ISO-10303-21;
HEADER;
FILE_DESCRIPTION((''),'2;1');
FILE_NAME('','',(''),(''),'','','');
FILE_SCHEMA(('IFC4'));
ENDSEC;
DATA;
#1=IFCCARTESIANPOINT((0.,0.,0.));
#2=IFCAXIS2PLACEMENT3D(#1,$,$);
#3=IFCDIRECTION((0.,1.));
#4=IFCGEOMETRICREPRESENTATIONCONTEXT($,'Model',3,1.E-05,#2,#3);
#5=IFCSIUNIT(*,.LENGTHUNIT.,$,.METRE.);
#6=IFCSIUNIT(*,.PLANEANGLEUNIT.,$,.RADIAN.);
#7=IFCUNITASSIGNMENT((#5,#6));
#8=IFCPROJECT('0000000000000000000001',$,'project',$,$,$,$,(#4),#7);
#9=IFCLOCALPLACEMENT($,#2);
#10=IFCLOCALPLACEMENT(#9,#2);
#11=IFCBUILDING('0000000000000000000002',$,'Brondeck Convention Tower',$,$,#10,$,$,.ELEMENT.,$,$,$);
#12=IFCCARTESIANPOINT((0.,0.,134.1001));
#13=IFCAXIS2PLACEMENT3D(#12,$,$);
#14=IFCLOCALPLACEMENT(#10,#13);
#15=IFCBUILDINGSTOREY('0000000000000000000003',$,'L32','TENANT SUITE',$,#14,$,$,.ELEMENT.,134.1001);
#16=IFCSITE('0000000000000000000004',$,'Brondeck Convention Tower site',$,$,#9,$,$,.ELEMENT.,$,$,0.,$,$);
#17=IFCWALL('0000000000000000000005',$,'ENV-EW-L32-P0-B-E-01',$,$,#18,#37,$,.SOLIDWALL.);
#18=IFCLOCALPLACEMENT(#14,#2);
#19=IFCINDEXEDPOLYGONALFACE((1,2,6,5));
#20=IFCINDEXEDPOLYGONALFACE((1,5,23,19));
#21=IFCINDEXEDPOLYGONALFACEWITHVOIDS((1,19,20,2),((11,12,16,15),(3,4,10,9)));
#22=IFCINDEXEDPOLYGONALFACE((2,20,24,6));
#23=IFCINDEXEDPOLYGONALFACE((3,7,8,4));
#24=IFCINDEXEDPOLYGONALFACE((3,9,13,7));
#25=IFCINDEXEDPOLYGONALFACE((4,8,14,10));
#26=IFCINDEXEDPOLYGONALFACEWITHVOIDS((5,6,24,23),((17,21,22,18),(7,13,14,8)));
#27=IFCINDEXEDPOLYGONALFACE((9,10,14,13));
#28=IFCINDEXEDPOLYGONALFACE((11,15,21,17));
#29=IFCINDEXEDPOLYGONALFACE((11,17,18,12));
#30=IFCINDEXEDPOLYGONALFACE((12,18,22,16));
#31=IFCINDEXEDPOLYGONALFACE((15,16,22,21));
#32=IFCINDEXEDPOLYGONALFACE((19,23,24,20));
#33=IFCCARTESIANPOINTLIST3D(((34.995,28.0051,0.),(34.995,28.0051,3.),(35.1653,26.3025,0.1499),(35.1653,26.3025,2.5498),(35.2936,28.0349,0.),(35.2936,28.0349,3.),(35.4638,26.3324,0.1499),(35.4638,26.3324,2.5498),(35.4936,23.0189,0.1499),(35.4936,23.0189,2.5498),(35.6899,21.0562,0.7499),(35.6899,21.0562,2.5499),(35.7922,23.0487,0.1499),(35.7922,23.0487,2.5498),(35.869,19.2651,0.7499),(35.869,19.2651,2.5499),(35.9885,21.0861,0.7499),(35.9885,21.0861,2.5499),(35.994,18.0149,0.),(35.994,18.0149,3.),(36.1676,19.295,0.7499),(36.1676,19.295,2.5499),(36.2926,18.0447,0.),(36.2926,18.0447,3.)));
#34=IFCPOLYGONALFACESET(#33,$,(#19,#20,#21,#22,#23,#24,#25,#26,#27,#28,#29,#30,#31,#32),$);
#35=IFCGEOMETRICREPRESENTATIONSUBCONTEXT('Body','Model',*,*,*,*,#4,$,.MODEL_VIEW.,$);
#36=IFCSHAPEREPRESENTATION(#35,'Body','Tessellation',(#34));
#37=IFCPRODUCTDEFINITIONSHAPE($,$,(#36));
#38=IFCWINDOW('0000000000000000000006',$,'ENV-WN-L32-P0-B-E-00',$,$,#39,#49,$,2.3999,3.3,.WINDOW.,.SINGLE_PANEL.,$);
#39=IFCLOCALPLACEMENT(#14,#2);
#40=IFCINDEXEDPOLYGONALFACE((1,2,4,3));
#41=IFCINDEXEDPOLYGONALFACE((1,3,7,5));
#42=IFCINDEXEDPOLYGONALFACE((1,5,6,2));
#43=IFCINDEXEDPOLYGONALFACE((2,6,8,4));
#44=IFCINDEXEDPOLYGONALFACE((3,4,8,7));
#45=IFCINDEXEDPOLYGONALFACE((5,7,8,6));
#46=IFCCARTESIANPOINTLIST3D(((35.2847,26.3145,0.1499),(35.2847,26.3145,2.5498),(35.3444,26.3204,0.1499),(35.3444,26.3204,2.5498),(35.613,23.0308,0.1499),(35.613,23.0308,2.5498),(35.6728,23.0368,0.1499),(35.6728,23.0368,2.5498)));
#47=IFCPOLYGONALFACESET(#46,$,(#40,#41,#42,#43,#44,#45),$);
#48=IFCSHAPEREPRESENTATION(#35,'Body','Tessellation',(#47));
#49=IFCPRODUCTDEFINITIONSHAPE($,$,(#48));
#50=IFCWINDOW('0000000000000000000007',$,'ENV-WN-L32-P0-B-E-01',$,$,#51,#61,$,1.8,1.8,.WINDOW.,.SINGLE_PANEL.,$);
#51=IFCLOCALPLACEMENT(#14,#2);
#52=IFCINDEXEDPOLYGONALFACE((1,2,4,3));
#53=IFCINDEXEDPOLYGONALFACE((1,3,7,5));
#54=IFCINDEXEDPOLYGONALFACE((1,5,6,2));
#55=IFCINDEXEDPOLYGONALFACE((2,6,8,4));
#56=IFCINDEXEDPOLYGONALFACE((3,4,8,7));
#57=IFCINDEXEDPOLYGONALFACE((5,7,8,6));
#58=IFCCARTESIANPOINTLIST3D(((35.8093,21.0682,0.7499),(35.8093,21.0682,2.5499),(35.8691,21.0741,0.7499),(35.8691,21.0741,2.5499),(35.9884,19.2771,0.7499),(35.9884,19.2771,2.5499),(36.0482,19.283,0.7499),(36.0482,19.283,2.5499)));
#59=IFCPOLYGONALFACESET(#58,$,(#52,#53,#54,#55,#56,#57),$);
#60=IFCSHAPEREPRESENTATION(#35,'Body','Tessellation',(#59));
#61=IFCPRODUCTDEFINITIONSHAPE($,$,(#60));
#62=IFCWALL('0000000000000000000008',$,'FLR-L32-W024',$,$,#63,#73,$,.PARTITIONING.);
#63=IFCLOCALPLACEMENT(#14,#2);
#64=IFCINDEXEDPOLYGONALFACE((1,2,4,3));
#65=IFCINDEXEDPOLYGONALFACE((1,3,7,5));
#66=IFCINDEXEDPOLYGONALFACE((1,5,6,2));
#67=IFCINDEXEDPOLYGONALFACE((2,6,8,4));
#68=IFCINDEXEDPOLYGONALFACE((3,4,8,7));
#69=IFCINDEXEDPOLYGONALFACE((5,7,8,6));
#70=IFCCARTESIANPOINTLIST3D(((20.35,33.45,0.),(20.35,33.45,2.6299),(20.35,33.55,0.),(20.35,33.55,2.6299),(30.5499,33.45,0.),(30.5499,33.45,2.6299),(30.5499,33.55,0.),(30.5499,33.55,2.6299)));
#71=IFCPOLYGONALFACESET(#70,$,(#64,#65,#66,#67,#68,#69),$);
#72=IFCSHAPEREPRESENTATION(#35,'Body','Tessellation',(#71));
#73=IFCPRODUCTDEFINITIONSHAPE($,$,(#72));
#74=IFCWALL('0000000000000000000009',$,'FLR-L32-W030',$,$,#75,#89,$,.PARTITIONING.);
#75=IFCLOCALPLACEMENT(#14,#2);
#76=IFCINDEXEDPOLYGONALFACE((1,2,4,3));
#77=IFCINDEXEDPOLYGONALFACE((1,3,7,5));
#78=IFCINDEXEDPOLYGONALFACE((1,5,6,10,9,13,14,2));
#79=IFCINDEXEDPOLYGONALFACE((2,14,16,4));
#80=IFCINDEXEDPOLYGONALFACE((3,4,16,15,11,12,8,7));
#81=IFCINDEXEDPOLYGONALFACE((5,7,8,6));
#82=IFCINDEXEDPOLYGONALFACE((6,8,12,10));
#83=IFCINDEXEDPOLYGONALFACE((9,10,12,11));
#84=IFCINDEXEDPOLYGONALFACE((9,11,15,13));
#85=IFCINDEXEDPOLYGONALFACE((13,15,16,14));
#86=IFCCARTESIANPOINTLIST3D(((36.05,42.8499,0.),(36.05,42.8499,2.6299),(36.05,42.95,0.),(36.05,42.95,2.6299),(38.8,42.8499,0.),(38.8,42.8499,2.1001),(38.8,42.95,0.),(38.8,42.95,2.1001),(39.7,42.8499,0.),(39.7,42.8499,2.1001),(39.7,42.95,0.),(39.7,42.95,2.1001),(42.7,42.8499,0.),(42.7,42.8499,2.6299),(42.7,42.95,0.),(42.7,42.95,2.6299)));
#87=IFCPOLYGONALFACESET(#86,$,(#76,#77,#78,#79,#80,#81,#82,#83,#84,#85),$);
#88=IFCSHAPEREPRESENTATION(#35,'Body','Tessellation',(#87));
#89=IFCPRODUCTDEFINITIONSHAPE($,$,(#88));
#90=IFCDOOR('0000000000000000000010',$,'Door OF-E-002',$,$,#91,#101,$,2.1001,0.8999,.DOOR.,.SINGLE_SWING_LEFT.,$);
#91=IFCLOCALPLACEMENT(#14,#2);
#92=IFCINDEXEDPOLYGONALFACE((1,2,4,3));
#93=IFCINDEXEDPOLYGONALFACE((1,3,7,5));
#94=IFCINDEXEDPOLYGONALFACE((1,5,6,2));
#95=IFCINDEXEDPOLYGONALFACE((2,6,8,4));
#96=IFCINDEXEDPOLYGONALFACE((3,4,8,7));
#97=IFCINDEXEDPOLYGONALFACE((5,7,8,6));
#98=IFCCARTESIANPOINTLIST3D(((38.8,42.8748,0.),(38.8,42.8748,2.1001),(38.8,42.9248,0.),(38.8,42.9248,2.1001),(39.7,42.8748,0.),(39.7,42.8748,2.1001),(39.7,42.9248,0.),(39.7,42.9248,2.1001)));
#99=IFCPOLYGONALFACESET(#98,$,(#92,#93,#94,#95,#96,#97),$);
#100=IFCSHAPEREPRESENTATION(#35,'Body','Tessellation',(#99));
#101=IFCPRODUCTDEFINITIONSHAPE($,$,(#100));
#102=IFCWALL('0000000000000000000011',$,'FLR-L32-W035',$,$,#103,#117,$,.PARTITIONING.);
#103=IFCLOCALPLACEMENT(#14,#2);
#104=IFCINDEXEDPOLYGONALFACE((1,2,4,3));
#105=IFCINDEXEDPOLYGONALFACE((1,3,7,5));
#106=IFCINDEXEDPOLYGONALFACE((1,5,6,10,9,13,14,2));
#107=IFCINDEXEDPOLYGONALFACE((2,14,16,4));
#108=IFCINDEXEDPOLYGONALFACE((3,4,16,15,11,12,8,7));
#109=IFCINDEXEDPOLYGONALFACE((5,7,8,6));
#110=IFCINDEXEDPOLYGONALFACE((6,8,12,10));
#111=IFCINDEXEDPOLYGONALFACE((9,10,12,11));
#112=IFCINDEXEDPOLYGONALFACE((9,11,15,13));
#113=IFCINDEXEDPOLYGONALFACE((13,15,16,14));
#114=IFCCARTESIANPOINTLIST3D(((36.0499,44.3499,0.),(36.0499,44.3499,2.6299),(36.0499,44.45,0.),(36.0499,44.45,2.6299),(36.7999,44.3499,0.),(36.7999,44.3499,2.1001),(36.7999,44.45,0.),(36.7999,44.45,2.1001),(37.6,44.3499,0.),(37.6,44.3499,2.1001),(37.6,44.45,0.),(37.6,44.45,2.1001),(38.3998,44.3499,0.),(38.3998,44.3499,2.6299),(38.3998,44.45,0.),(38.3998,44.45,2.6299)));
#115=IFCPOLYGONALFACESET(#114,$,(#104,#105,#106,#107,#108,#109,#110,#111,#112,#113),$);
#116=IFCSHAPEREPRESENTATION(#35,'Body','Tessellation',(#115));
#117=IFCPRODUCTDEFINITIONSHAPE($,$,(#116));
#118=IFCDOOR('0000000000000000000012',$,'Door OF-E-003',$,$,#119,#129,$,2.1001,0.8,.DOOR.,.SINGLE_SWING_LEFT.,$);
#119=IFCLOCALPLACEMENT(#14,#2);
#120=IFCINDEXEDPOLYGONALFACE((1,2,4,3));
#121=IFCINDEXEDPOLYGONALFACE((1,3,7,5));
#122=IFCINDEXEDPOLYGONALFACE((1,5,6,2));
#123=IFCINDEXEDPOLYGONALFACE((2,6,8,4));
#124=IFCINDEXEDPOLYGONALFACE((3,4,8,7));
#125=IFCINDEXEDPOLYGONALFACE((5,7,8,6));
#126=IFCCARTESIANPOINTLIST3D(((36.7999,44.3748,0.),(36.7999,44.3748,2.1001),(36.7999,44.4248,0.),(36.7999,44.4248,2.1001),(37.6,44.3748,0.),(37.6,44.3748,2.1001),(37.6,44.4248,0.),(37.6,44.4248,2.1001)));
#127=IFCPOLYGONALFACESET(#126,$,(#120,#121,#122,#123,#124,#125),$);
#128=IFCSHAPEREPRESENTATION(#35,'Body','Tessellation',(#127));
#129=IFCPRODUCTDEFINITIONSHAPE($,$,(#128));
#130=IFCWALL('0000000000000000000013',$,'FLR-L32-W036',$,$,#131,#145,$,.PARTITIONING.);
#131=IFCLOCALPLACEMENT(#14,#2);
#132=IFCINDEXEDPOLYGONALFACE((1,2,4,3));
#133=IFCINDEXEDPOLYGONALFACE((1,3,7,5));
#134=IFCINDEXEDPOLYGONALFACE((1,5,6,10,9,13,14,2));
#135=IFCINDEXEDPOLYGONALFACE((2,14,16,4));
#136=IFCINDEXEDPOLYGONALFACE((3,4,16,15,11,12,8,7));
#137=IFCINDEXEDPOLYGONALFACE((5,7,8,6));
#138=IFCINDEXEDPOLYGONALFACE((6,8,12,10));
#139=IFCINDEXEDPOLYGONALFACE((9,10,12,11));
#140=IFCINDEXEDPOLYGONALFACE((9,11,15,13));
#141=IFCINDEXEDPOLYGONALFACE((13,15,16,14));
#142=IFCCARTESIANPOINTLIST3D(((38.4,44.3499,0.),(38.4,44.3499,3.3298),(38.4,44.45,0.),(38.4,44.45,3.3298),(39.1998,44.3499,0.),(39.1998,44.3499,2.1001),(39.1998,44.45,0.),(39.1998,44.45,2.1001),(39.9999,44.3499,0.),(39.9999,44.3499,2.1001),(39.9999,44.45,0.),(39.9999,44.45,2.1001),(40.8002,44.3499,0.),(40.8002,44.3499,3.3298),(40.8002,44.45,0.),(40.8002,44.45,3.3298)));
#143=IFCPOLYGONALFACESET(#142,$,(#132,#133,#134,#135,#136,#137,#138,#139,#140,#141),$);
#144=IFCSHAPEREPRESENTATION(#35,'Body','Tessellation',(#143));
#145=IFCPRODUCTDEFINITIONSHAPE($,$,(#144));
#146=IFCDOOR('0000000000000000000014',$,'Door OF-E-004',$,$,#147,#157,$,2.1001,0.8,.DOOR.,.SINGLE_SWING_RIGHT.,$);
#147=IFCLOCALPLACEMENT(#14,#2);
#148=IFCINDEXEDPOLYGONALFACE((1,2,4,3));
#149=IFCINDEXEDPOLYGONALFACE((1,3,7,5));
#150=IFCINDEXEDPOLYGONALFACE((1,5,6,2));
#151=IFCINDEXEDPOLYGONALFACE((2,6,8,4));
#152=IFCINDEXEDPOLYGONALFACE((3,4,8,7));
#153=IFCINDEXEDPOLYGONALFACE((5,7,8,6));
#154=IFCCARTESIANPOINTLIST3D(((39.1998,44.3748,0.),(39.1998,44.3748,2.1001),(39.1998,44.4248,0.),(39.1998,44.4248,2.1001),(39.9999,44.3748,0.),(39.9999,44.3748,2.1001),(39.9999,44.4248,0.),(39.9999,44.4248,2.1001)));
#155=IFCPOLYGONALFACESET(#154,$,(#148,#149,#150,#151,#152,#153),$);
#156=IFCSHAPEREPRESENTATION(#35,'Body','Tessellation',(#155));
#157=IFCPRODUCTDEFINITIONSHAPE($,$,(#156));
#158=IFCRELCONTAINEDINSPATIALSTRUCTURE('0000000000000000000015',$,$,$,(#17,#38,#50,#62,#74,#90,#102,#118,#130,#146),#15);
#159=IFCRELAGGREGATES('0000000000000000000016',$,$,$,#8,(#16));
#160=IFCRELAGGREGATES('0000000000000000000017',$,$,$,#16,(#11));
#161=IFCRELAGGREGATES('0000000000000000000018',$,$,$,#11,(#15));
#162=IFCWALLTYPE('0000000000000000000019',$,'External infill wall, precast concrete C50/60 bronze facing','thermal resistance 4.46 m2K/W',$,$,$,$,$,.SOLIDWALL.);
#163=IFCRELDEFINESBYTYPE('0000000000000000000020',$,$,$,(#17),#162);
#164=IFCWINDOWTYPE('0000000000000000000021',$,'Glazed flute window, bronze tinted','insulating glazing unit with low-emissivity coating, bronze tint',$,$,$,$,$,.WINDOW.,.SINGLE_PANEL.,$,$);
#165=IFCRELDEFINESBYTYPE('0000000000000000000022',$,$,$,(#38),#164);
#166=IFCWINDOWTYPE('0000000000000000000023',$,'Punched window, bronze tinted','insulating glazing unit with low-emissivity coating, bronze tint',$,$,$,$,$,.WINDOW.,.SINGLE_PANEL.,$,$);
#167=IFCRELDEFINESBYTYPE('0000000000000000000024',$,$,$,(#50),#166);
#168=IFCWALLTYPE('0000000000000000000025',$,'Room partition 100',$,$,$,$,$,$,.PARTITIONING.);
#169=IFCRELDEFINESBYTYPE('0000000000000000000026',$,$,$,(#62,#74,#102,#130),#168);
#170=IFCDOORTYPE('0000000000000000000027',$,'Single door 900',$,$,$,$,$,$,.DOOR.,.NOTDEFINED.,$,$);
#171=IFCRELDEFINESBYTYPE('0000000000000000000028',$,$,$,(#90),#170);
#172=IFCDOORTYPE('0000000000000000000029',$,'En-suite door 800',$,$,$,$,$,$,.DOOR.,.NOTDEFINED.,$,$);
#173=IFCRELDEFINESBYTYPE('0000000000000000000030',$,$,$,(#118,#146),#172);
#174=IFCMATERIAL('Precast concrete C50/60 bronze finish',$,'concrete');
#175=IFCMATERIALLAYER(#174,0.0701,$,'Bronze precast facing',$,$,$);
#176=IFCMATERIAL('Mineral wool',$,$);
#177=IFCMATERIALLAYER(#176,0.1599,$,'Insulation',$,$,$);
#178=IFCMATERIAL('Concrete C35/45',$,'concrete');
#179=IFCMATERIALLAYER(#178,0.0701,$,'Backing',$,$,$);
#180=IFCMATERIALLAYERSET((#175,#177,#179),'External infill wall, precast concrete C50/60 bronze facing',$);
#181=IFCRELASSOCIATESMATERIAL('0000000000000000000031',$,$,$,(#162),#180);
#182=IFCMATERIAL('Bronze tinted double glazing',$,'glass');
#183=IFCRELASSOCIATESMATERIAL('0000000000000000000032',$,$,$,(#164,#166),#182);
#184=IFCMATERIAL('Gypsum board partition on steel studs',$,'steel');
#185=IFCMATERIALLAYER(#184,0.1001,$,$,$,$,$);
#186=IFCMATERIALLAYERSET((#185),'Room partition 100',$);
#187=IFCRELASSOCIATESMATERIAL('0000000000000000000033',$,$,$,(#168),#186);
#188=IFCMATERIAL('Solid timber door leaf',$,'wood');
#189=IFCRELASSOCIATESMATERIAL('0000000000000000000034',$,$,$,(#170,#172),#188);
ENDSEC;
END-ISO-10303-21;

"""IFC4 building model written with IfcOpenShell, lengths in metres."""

from ifc_helpers import new_model, si_unit, direction, frame, frame_2d, origin, place, context, subcontext, project, spatial, rectangle, extrude, material, layer, layer_set, type_object, element, fill, save


model = new_model("IFC4")

# Units and contexts
model_context = context("Model", 3, precision=1e-05, world=origin(), true_north=direction((0.0, 1.0)))
body_context = subcontext(model_context, "Body", "Model", "MODEL_VIEW")
ifc_project = project(units=[si_unit("LENGTHUNIT", "METRE"), si_unit("PLANEANGLEUNIT", "RADIAN")], contexts=[model_context])

# Site, building, storey
site_placement = place(None, origin())
site = spatial("IfcSite", under=ifc_project, at=site_placement, Name="Brondeck Convention Tower site", CompositionType="ELEMENT", RefElevation=0.0)
building_placement = place(site_placement, origin())
building = spatial("IfcBuilding", under=site, at=building_placement, Name="Brondeck Convention Tower", CompositionType="ELEMENT")
storey_placement = place(building_placement, frame((0.0, 0.0, 134.1001)))
storey = spatial("IfcBuildingStorey", under=building, at=storey_placement, Name="L32", Description="TENANT SUITE", CompositionType="ELEMENT", Elevation=134.1001)

# Wall, openings, windows
ifc_material_1 = material(Name="Precast concrete C50/60 bronze finish", Category="concrete")
ifc_layer_1 = layer(ifc_material_1, 0.0701, Name="Bronze precast facing")
ifc_material_2 = material(Name="Mineral wool")
ifc_layer_2 = layer(ifc_material_2, 0.1599, Name="Insulation")
ifc_material_3 = material(Name="Concrete C35/45", Category="concrete")
ifc_layer_3 = layer(ifc_material_3, 0.0701, Name="Backing")
ifc_layer_set_1 = layer_set([ifc_layer_1, ifc_layer_2, ifc_layer_3], Name="External infill wall, precast concrete C50/60 bronze facing")
wall_type_1 = type_object("IfcWallType", Name="External infill wall, precast concrete C50/60 bronze facing", Description="thermal resistance 4.46 m2K/W", PredefinedType="SOLIDWALL", material=ifc_layer_set_1)
wall_1_placement = place(storey_placement, frame((35.1443, 28.02, 0.0), z_axis=(0.0, 0.0, 1.0), x_axis=(0.099504, -0.995037, 0.0)))
wall_1 = element("IfcWall", 1, at=wall_1_placement, inside=storey, type_object=wall_type_1, Name="ENV-EW-L32-P0-B-E-01", PredefinedType="SOLIDWALL", context=body_context, shape_type="SweptSolid", body=[
    extrude(rectangle(XDim=10.04, YDim=0.3, at=frame_2d((5.02, 0.0))), origin(), (0.0, 0.0, 1.0), 3.0),
])
opening_1_placement = place(wall_1_placement, frame((1.7112, 0.0, 0.1499)))
opening_1 = element("IfcOpeningElement", 2, at=opening_1_placement, cuts=wall_1, PredefinedType="OPENING", context=body_context, shape_type="SweptSolid", body=[
    extrude(rectangle(XDim=3.3, YDim=2.3999, at=frame_2d((1.6499, 1.2))), frame((0.0, 0.1599, 0.0), z_axis=(0.0, -1.0, 0.0), x_axis=(1.0, 0.0, 0.0)), (0.0, 0.0, 1.0), 0.3201),
])
opening_2_placement = place(wall_1_placement, frame((6.9836, 0.0, 0.75)))
opening_2 = element("IfcOpeningElement", 3, at=opening_2_placement, cuts=wall_1, PredefinedType="OPENING", context=body_context, shape_type="SweptSolid", body=[
    extrude(rectangle(XDim=1.8, YDim=1.8, at=frame_2d((0.8999, 0.8999))), frame((0.0, 0.1599, 0.0), z_axis=(0.0, -1.0, 0.0), x_axis=(1.0, 0.0, 0.0)), (0.0, 0.0, 1.0), 0.3201),
])
ifc_material_4 = material(Name="Bronze tinted double glazing", Category="glass")
window_type_1 = type_object("IfcWindowType", Name="Glazed flute window, bronze tinted", Description="insulating glazing unit with low-emissivity coating, bronze tint", PartitioningType="SINGLE_PANEL", PredefinedType="WINDOW", material=ifc_material_4)
window_1_placement = place(opening_1_placement, origin())
window_1 = element("IfcWindow", 4, at=window_1_placement, inside=storey, type_object=window_type_1, Name="ENV-WN-L32-P0-B-E-00", OverallHeight=2.3999, OverallWidth=3.3, PartitioningType="SINGLE_PANEL", PredefinedType="WINDOW", context=body_context, shape_type="SweptSolid", body=[
    extrude(rectangle(XDim=3.3, YDim=2.3999, at=frame_2d((1.6499, 1.2))), frame((0.0, 0.03, 0.0), z_axis=(0.0, -1.0, 0.0), x_axis=(1.0, 0.0, 0.0)), (0.0, 0.0, 1.0), 0.0601),
])
fill(opening_1, window_1)
window_type_2 = type_object("IfcWindowType", Name="Punched window, bronze tinted", Description="insulating glazing unit with low-emissivity coating, bronze tint", PartitioningType="SINGLE_PANEL", PredefinedType="WINDOW", material=ifc_material_4)
window_2_placement = place(opening_2_placement, origin())
window_2 = element("IfcWindow", 5, at=window_2_placement, inside=storey, type_object=window_type_2, Name="ENV-WN-L32-P0-B-E-01", OverallHeight=1.8, OverallWidth=1.8, PartitioningType="SINGLE_PANEL", PredefinedType="WINDOW", context=body_context, shape_type="SweptSolid", body=[
    extrude(rectangle(XDim=1.8, YDim=1.8, at=frame_2d((0.8999, 0.8999))), frame((0.0, 0.03, 0.0), z_axis=(0.0, -1.0, 0.0), x_axis=(1.0, 0.0, 0.0)), (0.0, 0.0, 1.0), 0.0601),
])
fill(opening_2, window_2)

# Wall
ifc_material_5 = material(Name="Gypsum board partition on steel studs", Category="steel")
ifc_layer_4 = layer(ifc_material_5, 0.1001)
ifc_layer_set_2 = layer_set([ifc_layer_4], Name="Room partition 100")
wall_type_2 = type_object("IfcWallType", Name="Room partition 100", PredefinedType="PARTITIONING", material=ifc_layer_set_2)
wall_2_placement = place(storey_placement, frame((30.55, 33.5, 0.0), z_axis=(0.0, 0.0, 1.0), x_axis=(-1.0, 0.0, 0.0)))
element("IfcWall", 6, at=wall_2_placement, inside=storey, type_object=wall_type_2, Name="FLR-L32-W024", PredefinedType="PARTITIONING", context=body_context, shape_type="SweptSolid", body=[
    extrude(rectangle(XDim=10.2, YDim=0.1001, at=frame_2d((5.1001, 0.0))), origin(), (0.0, 0.0, 1.0), 2.6299),
])

# Walls, openings, doors
wall_3_placement = place(storey_placement, frame((36.05, 42.8999, 0.0), z_axis=(0.0, 0.0, 1.0), x_axis=(1.0, 0.0, 0.0)))
wall_3 = element("IfcWall", 7, at=wall_3_placement, inside=storey, type_object=wall_type_2, Name="FLR-L32-W030", PredefinedType="PARTITIONING", context=body_context, shape_type="SweptSolid", body=[
    extrude(rectangle(XDim=6.6499, YDim=0.1001, at=frame_2d((3.325, 0.0))), origin(), (0.0, 0.0, 1.0), 2.6299),
])
opening_3_placement = place(wall_3_placement, frame((2.75, 0.0, 0.0)))
opening_3 = element("IfcOpeningElement", 8, at=opening_3_placement, cuts=wall_3, PredefinedType="OPENING", context=body_context, shape_type="SweptSolid", body=[
    extrude(rectangle(XDim=0.8999, YDim=2.1001, at=frame_2d((0.45, 1.05))), frame((0.0, 0.0601, 0.0), z_axis=(0.0, -1.0, 0.0), x_axis=(1.0, 0.0, 0.0)), (0.0, 0.0, 1.0), 0.1201),
])
ifc_material_6 = material(Name="Solid timber door leaf", Category="wood")
door_type_1 = type_object("IfcDoorType", Name="Single door 900", OperationType="NOTDEFINED", PredefinedType="DOOR", material=ifc_material_6)
door_1_placement = place(opening_3_placement, origin())
door_1 = element("IfcDoor", 9, at=door_1_placement, inside=storey, type_object=door_type_1, Name="Door OF-E-002", OperationType="SINGLE_SWING_LEFT", OverallHeight=2.1001, OverallWidth=0.8999, PredefinedType="DOOR", context=body_context, shape_type="SweptSolid", body=[
    extrude(rectangle(XDim=0.8999, YDim=2.1001, at=frame_2d((0.45, 1.05))), frame((0.0, 0.0249, 0.0), z_axis=(0.0, -1.0, 0.0), x_axis=(1.0, 0.0, 0.0)), (0.0, 0.0, 1.0), 0.05),
])
fill(opening_3, door_1)
wall_4_placement = place(storey_placement, frame((36.05, 44.3999, 0.0), z_axis=(0.0, 0.0, 1.0), x_axis=(1.0, 0.0, 0.0)))
wall_4 = element("IfcWall", 10, at=wall_4_placement, inside=storey, type_object=wall_type_2, Name="FLR-L32-W035", PredefinedType="PARTITIONING", context=body_context, shape_type="SweptSolid", body=[
    extrude(rectangle(XDim=2.3499, YDim=0.1001, at=frame_2d((1.1748, 0.0))), origin(), (0.0, 0.0, 1.0), 2.6299),
])
opening_4_placement = place(wall_4_placement, frame((0.75, 0.0, 0.0)))
opening_4 = element("IfcOpeningElement", 11, at=opening_4_placement, cuts=wall_4, PredefinedType="OPENING", context=body_context, shape_type="SweptSolid", body=[
    extrude(rectangle(XDim=0.8, YDim=2.1001, at=frame_2d((0.3999, 1.05))), frame((0.0, 0.0601, 0.0), z_axis=(0.0, -1.0, 0.0), x_axis=(1.0, 0.0, 0.0)), (0.0, 0.0, 1.0), 0.1201),
])
door_type_2 = type_object("IfcDoorType", Name="En-suite door 800", OperationType="NOTDEFINED", PredefinedType="DOOR", material=ifc_material_6)
door_2_placement = place(opening_4_placement, origin())
door_2 = element("IfcDoor", 12, at=door_2_placement, inside=storey, type_object=door_type_2, Name="Door OF-E-003", OperationType="SINGLE_SWING_LEFT", OverallHeight=2.1001, OverallWidth=0.8, PredefinedType="DOOR", context=body_context, shape_type="SweptSolid", body=[
    extrude(rectangle(XDim=0.8, YDim=2.1001, at=frame_2d((0.3999, 1.05))), frame((0.0, 0.0249, 0.0), z_axis=(0.0, -1.0, 0.0), x_axis=(1.0, 0.0, 0.0)), (0.0, 0.0, 1.0), 0.05),
])
fill(opening_4, door_2)
wall_5_placement = place(storey_placement, frame((38.3999, 44.3999, 0.0), z_axis=(0.0, 0.0, 1.0), x_axis=(1.0, 0.0, 0.0)))
wall_5 = element("IfcWall", 13, at=wall_5_placement, inside=storey, type_object=wall_type_2, Name="FLR-L32-W036", PredefinedType="PARTITIONING", context=body_context, shape_type="SweptSolid", body=[
    extrude(rectangle(XDim=2.4001, YDim=0.1001, at=frame_2d((1.2002, 0.0))), origin(), (0.0, 0.0, 1.0), 3.3298),
])
opening_5_placement = place(wall_5_placement, frame((0.8, 0.0, 0.0)))
opening_5 = element("IfcOpeningElement", 14, at=opening_5_placement, cuts=wall_5, PredefinedType="OPENING", context=body_context, shape_type="SweptSolid", body=[
    extrude(rectangle(XDim=0.8, YDim=2.1001, at=frame_2d((0.3999, 1.05))), frame((0.0, 0.0601, 0.0), z_axis=(0.0, -1.0, 0.0), x_axis=(1.0, 0.0, 0.0)), (0.0, 0.0, 1.0), 0.1201),
])
door_3_placement = place(opening_5_placement, origin())
door_3 = element("IfcDoor", 15, at=door_3_placement, inside=storey, type_object=door_type_2, Name="Door OF-E-004", OperationType="SINGLE_SWING_RIGHT", OverallHeight=2.1001, OverallWidth=0.8, PredefinedType="DOOR", context=body_context, shape_type="SweptSolid", body=[
    extrude(rectangle(XDim=0.8, YDim=2.1001, at=frame_2d((0.3999, 1.05))), frame((0.0, 0.0249, 0.0), z_axis=(0.0, -1.0, 0.0), x_axis=(1.0, 0.0, 0.0)), (0.0, 0.0, 1.0), 0.05),
])
fill(opening_5, door_3)

save(model, "model.ifc")
